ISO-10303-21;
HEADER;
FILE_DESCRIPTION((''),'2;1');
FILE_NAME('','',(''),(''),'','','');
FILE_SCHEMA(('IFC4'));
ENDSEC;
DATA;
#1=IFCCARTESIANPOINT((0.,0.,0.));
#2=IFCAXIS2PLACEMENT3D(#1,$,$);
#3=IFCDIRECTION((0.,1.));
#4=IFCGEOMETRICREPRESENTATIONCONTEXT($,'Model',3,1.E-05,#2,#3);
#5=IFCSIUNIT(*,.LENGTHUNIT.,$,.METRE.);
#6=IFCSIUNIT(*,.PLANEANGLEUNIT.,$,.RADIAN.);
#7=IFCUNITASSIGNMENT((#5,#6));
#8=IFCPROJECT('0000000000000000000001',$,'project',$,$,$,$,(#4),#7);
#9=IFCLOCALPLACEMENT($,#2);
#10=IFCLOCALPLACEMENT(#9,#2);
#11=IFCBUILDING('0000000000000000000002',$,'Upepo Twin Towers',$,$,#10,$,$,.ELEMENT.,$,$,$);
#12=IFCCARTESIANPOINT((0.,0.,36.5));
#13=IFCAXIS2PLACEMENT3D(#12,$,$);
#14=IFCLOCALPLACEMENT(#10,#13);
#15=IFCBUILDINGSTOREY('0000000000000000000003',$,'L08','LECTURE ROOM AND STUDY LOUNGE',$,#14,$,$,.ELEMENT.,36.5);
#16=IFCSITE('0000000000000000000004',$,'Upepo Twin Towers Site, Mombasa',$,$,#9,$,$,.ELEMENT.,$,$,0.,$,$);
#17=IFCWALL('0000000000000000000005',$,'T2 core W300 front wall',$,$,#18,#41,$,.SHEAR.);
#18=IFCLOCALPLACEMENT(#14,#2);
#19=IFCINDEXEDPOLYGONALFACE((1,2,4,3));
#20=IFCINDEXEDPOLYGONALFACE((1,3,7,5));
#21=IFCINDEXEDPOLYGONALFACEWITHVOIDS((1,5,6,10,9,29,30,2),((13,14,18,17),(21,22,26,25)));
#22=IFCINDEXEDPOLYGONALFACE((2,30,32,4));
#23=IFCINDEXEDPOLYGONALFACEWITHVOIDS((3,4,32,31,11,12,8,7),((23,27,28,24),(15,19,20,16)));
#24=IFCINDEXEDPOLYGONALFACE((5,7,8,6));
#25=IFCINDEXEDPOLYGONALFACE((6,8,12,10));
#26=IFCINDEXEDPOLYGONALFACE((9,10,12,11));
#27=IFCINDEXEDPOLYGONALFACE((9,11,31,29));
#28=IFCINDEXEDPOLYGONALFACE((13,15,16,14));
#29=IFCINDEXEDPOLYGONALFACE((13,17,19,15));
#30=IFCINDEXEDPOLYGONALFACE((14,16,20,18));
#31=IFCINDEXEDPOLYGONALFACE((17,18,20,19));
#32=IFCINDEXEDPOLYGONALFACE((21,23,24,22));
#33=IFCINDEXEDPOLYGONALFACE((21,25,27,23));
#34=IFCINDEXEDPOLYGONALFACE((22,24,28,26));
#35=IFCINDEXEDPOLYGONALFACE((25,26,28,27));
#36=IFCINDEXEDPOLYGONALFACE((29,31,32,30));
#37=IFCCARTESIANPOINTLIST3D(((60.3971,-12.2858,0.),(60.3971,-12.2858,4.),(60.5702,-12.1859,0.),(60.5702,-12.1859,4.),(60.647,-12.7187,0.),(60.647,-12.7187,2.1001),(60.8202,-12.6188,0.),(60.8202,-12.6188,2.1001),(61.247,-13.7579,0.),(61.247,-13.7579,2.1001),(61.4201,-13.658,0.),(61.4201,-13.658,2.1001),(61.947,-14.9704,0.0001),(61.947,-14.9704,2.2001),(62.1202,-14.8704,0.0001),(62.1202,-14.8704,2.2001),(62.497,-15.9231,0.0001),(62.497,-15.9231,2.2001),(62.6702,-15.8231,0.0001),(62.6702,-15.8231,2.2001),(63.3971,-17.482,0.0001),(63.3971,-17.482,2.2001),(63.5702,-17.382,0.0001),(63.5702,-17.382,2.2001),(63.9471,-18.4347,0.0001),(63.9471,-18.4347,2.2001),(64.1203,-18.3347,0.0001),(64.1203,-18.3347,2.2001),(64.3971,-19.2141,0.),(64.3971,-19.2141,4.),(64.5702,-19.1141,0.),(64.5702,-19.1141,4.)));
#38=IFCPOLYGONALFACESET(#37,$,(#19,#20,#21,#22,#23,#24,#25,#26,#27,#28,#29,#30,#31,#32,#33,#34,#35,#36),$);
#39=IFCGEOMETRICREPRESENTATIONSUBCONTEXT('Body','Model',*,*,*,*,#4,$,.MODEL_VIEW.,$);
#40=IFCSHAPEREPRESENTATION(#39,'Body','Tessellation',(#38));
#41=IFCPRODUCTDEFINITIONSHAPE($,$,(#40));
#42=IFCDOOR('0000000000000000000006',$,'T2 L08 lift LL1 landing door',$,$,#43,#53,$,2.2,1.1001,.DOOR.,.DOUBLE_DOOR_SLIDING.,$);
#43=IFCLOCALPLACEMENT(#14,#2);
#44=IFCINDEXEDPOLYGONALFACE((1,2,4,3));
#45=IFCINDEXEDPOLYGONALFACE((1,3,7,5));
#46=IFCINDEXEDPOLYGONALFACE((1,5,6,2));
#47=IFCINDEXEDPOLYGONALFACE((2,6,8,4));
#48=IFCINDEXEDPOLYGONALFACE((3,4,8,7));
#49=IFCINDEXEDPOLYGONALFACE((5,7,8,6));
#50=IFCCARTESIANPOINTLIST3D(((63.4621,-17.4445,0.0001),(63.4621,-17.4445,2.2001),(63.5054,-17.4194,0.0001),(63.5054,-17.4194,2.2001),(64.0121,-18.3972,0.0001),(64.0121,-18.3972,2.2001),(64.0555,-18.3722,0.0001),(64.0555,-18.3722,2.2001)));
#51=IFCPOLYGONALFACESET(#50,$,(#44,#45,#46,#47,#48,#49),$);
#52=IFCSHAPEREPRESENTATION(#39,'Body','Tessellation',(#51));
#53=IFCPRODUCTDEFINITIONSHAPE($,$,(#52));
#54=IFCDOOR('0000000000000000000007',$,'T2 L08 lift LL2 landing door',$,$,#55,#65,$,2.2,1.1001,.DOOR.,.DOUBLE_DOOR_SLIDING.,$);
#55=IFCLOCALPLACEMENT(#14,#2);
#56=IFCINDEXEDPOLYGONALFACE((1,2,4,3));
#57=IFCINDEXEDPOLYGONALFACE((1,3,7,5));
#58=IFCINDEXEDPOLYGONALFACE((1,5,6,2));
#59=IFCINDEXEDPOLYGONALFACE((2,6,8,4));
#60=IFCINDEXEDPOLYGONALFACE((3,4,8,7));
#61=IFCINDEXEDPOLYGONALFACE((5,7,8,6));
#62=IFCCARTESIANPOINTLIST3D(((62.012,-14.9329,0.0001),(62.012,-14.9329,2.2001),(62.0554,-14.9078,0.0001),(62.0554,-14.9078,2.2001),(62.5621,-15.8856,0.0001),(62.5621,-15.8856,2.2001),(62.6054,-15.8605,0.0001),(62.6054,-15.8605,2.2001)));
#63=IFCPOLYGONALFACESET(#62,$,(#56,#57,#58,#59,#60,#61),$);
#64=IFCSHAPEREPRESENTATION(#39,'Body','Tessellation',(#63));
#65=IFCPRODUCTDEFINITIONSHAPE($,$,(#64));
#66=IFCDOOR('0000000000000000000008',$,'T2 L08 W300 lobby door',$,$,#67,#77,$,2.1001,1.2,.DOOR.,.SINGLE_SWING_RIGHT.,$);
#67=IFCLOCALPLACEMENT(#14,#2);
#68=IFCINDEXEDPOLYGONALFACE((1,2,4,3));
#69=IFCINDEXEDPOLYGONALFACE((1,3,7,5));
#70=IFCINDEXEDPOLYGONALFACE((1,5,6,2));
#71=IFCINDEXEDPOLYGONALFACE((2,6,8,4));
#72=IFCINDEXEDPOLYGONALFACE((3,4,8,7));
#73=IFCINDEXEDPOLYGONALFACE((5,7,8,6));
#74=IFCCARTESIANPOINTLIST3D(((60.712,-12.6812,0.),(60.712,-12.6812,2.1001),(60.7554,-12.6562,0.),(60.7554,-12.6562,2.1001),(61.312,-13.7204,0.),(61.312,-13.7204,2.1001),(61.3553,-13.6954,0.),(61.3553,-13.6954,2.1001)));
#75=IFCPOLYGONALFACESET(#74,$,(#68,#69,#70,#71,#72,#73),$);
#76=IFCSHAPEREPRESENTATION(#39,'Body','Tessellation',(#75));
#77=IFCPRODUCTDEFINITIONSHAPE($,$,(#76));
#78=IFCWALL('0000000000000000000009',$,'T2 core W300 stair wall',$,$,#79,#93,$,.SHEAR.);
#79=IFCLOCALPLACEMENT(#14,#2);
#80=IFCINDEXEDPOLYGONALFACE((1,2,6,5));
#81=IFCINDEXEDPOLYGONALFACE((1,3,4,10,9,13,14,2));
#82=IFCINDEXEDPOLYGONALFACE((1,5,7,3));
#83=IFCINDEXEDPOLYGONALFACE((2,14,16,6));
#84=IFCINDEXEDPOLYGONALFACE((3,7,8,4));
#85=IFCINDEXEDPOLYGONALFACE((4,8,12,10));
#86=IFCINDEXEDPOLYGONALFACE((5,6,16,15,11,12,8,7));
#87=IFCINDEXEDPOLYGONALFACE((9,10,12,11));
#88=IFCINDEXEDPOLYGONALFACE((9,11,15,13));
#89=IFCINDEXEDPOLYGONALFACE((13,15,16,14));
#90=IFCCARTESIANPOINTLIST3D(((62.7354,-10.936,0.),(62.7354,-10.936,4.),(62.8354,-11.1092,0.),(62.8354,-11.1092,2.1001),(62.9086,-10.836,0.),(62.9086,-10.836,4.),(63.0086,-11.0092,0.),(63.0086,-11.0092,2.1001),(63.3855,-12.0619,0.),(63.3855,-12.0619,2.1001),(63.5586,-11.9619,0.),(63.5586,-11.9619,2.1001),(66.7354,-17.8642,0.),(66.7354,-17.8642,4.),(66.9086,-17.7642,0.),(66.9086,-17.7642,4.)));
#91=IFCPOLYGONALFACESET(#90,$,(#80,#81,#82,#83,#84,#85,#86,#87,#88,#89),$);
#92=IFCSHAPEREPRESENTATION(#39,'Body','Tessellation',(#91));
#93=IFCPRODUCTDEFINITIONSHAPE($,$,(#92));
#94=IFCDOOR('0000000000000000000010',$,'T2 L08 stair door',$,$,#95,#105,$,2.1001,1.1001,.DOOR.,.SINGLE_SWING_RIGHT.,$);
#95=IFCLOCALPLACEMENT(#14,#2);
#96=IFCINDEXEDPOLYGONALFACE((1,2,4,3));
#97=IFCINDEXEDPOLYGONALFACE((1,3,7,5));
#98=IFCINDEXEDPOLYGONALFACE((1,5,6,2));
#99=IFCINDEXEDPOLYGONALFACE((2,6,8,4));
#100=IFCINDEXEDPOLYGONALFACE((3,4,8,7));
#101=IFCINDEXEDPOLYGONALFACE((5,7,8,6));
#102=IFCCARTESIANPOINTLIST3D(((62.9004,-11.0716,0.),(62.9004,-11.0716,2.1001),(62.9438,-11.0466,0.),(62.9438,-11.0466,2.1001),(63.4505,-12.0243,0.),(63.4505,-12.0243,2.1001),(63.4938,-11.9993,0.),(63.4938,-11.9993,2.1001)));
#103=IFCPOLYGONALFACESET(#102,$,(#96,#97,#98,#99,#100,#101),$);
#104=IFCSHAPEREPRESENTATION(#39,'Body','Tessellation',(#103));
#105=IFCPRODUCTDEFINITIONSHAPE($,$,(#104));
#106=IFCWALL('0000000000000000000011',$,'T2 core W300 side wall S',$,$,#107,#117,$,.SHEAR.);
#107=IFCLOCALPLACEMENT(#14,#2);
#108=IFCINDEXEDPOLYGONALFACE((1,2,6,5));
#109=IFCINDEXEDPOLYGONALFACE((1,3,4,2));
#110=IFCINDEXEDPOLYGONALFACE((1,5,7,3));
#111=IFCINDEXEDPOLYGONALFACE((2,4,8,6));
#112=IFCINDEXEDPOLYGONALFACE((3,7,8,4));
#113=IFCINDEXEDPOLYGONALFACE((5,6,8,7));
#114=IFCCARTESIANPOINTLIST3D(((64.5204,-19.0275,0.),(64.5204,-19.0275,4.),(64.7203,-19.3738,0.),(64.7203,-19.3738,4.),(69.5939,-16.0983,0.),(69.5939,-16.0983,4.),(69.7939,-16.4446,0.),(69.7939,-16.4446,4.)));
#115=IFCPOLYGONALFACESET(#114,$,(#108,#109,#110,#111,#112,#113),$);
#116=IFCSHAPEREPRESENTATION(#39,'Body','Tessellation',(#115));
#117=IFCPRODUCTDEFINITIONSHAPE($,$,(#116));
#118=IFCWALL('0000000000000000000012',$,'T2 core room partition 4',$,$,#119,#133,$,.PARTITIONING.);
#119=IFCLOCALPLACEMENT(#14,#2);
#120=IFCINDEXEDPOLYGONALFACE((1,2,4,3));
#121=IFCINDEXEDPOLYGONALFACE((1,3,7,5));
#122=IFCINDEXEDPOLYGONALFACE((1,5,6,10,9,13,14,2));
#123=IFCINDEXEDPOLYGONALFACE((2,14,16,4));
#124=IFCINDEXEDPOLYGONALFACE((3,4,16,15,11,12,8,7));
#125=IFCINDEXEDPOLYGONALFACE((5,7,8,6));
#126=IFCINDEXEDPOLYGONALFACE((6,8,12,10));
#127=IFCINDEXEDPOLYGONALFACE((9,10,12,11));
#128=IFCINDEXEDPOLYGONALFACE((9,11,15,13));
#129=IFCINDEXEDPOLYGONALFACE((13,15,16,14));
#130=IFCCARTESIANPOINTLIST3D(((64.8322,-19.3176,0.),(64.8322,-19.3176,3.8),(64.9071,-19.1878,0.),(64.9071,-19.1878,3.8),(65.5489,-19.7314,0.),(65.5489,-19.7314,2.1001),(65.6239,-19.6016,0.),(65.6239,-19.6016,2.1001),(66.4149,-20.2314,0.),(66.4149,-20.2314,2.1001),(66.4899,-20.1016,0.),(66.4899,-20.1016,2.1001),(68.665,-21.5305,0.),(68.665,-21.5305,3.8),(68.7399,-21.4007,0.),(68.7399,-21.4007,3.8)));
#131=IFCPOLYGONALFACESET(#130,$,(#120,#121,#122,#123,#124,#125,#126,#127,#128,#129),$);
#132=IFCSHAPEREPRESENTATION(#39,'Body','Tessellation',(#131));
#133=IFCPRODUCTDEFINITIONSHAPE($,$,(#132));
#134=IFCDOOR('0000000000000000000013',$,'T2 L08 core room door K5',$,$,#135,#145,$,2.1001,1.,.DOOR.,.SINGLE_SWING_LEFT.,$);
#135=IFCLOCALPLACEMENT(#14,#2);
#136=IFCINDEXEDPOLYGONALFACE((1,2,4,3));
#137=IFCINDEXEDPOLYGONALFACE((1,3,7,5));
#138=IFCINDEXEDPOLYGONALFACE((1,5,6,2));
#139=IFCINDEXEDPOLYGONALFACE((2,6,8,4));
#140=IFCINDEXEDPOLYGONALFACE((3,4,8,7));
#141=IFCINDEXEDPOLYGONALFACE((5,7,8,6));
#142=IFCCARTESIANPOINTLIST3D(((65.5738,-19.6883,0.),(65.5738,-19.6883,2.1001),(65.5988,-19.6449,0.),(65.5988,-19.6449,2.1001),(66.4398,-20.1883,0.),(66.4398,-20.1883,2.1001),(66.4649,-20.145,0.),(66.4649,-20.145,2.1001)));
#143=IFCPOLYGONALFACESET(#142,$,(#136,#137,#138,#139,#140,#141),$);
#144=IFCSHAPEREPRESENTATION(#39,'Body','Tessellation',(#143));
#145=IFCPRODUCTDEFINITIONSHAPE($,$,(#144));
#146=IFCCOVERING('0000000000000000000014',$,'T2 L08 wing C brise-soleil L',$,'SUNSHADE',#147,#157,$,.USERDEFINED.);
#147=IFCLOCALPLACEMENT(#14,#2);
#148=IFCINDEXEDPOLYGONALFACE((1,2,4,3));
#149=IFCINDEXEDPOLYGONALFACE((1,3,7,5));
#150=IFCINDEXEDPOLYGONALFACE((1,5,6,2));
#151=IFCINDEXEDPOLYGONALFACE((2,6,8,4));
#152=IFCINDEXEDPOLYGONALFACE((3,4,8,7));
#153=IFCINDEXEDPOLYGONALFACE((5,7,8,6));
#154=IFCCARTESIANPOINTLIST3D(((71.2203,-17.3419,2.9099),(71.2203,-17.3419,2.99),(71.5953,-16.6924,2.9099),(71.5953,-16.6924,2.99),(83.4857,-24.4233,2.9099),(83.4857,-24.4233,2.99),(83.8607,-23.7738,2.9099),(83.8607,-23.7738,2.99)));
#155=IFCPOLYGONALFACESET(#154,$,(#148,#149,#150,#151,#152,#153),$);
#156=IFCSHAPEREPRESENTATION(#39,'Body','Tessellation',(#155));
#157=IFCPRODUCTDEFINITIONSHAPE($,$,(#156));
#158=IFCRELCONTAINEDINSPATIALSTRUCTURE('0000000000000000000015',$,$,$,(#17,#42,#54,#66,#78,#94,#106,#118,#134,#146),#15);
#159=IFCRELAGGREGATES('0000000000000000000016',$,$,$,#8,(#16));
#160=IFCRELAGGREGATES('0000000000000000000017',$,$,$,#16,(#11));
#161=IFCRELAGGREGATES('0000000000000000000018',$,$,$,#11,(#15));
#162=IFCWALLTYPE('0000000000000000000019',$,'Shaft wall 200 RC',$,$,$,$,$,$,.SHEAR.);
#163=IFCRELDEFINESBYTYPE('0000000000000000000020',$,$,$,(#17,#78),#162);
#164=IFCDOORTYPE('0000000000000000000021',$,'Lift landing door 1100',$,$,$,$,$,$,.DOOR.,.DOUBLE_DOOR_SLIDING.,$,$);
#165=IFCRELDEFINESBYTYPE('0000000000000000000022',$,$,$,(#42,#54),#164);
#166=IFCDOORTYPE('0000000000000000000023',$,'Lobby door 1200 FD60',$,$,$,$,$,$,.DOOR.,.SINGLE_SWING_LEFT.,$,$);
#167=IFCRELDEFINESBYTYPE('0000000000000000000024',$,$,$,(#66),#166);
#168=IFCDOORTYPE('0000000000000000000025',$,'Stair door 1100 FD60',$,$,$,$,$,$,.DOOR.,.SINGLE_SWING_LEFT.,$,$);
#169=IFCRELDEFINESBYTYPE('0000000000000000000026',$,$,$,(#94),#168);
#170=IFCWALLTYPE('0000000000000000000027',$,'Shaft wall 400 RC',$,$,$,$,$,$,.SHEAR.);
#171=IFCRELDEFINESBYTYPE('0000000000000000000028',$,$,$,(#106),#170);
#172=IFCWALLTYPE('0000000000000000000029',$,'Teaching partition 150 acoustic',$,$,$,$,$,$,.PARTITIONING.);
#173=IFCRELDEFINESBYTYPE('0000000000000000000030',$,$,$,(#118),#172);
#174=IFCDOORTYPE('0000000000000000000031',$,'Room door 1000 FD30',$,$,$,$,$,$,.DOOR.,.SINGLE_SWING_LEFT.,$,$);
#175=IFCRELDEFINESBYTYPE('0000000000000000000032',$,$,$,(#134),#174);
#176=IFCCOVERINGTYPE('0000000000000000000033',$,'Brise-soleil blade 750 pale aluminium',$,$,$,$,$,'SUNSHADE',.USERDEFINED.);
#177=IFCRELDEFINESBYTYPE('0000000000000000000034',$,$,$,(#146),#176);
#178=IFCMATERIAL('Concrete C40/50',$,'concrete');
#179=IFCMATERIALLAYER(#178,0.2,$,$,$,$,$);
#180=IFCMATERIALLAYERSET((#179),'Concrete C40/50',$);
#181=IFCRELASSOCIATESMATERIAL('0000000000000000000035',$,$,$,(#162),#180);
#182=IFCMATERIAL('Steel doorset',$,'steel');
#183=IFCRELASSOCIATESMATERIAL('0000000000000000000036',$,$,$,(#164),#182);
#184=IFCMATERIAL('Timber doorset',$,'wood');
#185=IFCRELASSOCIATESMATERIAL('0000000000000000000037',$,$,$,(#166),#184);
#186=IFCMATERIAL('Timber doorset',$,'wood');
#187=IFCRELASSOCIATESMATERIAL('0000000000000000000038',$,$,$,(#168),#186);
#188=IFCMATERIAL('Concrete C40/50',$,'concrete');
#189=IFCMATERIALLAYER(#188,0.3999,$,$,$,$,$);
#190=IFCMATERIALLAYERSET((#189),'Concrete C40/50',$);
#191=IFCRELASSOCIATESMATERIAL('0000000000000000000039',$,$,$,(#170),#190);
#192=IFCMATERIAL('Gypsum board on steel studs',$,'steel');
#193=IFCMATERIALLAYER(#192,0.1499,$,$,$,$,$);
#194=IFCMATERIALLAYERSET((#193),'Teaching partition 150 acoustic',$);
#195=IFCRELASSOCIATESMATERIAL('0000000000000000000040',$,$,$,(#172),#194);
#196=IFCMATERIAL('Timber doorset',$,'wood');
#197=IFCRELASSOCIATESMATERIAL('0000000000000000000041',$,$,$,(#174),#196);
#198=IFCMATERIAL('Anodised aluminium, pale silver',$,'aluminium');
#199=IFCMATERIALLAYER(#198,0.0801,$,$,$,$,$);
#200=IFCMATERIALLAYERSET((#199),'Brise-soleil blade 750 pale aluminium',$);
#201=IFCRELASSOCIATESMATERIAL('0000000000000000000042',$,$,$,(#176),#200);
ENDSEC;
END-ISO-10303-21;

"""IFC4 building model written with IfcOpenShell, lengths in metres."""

from ifc_helpers import new_model, si_unit, direction, frame, frame_2d, origin, origin_2d, place, context, subcontext, project, spatial, rectangle, extrude, material, layer, layer_set, type_object, element, fill, save


model = new_model("IFC4")

# Units and contexts
model_context = context("Model", 3, precision=1e-05, world=origin(), true_north=direction((0.0, 1.0)))
body_context = subcontext(model_context, "Body", "Model", "MODEL_VIEW")
ifc_project = project(units=[si_unit("LENGTHUNIT", "METRE"), si_unit("PLANEANGLEUNIT", "RADIAN")], contexts=[model_context])

# Site, building, storey
site_placement = place(None, origin())
site = spatial("IfcSite", under=ifc_project, at=site_placement, Name="Upepo Twin Towers Site, Mombasa", CompositionType="ELEMENT", RefElevation=0.0)
building_placement = place(site_placement, origin())
building = spatial("IfcBuilding", under=site, at=building_placement, Name="Upepo Twin Towers", CompositionType="ELEMENT")
storey_placement = place(building_placement, frame((0.0, 0.0, 36.5)))
storey = spatial("IfcBuildingStorey", under=building, at=storey_placement, Name="L08", Description="LECTURE ROOM AND STUDY LOUNGE", CompositionType="ELEMENT", Elevation=36.5)

# Wall, openings, doors
ifc_material_1 = material(Name="Concrete C40/50", Category="concrete")
ifc_layer_1 = layer(ifc_material_1, 0.2)
ifc_layer_set_1 = layer_set([ifc_layer_1], Name="Concrete C40/50")
wall_type_1 = type_object("IfcWallType", Name="Shaft wall 200 RC", PredefinedType="SHEAR", material=ifc_layer_set_1)
wall_1_placement = place(storey_placement, frame((64.4836, -19.1641, 0.0), z_axis=(0.0, 0.0, 1.0), x_axis=(-0.499999, 0.866026, 0.0)))
wall_1 = element("IfcWall", 1, at=wall_1_placement, inside=storey, type_object=wall_type_1, Name="T2 core W300 front wall", PredefinedType="SHEAR", context=body_context, shape_type="SweptSolid", body=[
    extrude(rectangle(XDim=8.0, YDim=0.2, at=frame_2d((4.0, 0.0))), origin(), (0.0, 0.0, 1.0), 4.0),
])
opening_1_placement = place(wall_1_placement, frame((6.3, 0.0, 0.0)))
opening_1 = element("IfcOpeningElement", 2, at=opening_1_placement, cuts=wall_1, PredefinedType="OPENING", context=body_context, shape_type="SweptSolid", body=[
    extrude(rectangle(XDim=1.2, YDim=2.1001, at=frame_2d((0.6001, 1.05))), frame((0.0, 0.1099, 0.0), z_axis=(0.0, -1.0, 0.0), x_axis=(1.0, 0.0, 0.0)), (0.0, 0.0, 1.0), 0.22),
])
opening_2_placement = place(wall_1_placement, frame((0.8999, 0.0, 0.0)))
opening_2 = element("IfcOpeningElement", 3, at=opening_2_placement, cuts=wall_1, PredefinedType="OPENING", context=body_context, shape_type="SweptSolid", body=[
    extrude(rectangle(XDim=1.1001, YDim=2.2, at=frame_2d((0.55, 1.1001))), frame((0.0, 0.1099, 0.0), z_axis=(0.0, -1.0, 0.0), x_axis=(1.0, 0.0, 0.0)), (0.0, 0.0, 1.0), 0.22),
])
opening_3_placement = place(wall_1_placement, frame((3.8, 0.0, 0.0)))
opening_3 = element("IfcOpeningElement", 4, at=opening_3_placement, cuts=wall_1, PredefinedType="OPENING", context=body_context, shape_type="SweptSolid", body=[
    extrude(rectangle(XDim=1.1001, YDim=2.2, at=frame_2d((0.55, 1.1001))), frame((0.0, 0.1099, 0.0), z_axis=(0.0, -1.0, 0.0), x_axis=(1.0, 0.0, 0.0)), (0.0, 0.0, 1.0), 0.22),
])
ifc_material_2 = material(Name="Steel doorset", Category="steel")
door_type_1 = type_object("IfcDoorType", Name="Lift landing door 1100", OperationType="DOUBLE_DOOR_SLIDING", PredefinedType="DOOR", material=ifc_material_2)
door_1_placement = place(opening_2_placement, origin())
door_1 = element("IfcDoor", 5, at=door_1_placement, inside=storey, type_object=door_type_1, Name="T2 L08 lift LL1 landing door", OperationType="DOUBLE_DOOR_SLIDING", OverallHeight=2.2, OverallWidth=1.1001, PredefinedType="DOOR", context=body_context, shape_type="SweptSolid", body=[
    extrude(rectangle(XDim=1.1001, YDim=2.2, at=frame_2d((0.55, 1.1001))), frame((0.0, 0.0249, 0.0), z_axis=(0.0, -1.0, 0.0), x_axis=(1.0, 0.0, 0.0)), (0.0, 0.0, 1.0), 0.05),
])
fill(opening_2, door_1)
door_2_placement = place(opening_3_placement, origin())
door_2 = element("IfcDoor", 6, at=door_2_placement, inside=storey, type_object=door_type_1, Name="T2 L08 lift LL2 landing door", OperationType="DOUBLE_DOOR_SLIDING", OverallHeight=2.2, OverallWidth=1.1001, PredefinedType="DOOR", context=body_context, shape_type="SweptSolid", body=[
    extrude(rectangle(XDim=1.1001, YDim=2.2, at=frame_2d((0.55, 1.1001))), frame((0.0, 0.0249, 0.0), z_axis=(0.0, -1.0, 0.0), x_axis=(1.0, 0.0, 0.0)), (0.0, 0.0, 1.0), 0.05),
])
fill(opening_3, door_2)
ifc_material_3 = material(Name="Timber doorset", Category="wood")
door_type_2 = type_object("IfcDoorType", Name="Lobby door 1200 FD60", OperationType="SINGLE_SWING_LEFT", PredefinedType="DOOR", material=ifc_material_3)
door_3_placement = place(opening_1_placement, origin())
door_3 = element("IfcDoor", 7, at=door_3_placement, inside=storey, type_object=door_type_2, Name="T2 L08 W300 lobby door", OperationType="SINGLE_SWING_RIGHT", OverallHeight=2.1001, OverallWidth=1.2, PredefinedType="DOOR", context=body_context, shape_type="SweptSolid", body=[
    extrude(rectangle(XDim=1.2, YDim=2.1001, at=frame_2d((0.6001, 1.05))), frame((0.0, 0.0249, 0.0), z_axis=(0.0, -1.0, 0.0), x_axis=(1.0, 0.0, 0.0)), (0.0, 0.0, 1.0), 0.05),
])
fill(opening_1, door_3)

# Wall, opening, door
wall_2_placement = place(storey_placement, frame((66.822, -17.8142, 0.0), z_axis=(0.0, 0.0, 1.0), x_axis=(-0.499999, 0.866026, 0.0)))
wall_2 = element("IfcWall", 8, at=wall_2_placement, inside=storey, type_object=wall_type_1, Name="T2 core W300 stair wall", PredefinedType="SHEAR", context=body_context, shape_type="SweptSolid", body=[
    extrude(rectangle(XDim=8.0, YDim=0.2, at=frame_2d((4.0, 0.0))), origin(), (0.0, 0.0, 1.0), 4.0),
])
opening_4_placement = place(wall_2_placement, frame((6.7, 0.0, 0.0)))
opening_4 = element("IfcOpeningElement", 9, at=opening_4_placement, cuts=wall_2, PredefinedType="OPENING", context=body_context, shape_type="SweptSolid", body=[
    extrude(rectangle(XDim=1.1001, YDim=2.1001, at=frame_2d((0.55, 1.05))), frame((0.0, 0.1099, 0.0), z_axis=(0.0, -1.0, 0.0), x_axis=(1.0, 0.0, 0.0)), (0.0, 0.0, 1.0), 0.22),
])
ifc_material_4 = material(Name="Timber doorset", Category="wood")
door_type_3 = type_object("IfcDoorType", Name="Stair door 1100 FD60", OperationType="SINGLE_SWING_LEFT", PredefinedType="DOOR", material=ifc_material_4)
door_4_placement = place(opening_4_placement, origin())
door_4 = element("IfcDoor", 10, at=door_4_placement, inside=storey, type_object=door_type_3, Name="T2 L08 stair door", OperationType="SINGLE_SWING_RIGHT", OverallHeight=2.1001, OverallWidth=1.1001, PredefinedType="DOOR", context=body_context, shape_type="SweptSolid", body=[
    extrude(rectangle(XDim=1.1001, YDim=2.1001, at=frame_2d((0.55, 1.05))), frame((0.0, 0.0249, 0.0), z_axis=(0.0, -1.0, 0.0), x_axis=(1.0, 0.0, 0.0)), (0.0, 0.0, 1.0), 0.05),
])
fill(opening_4, door_4)

# Wall
ifc_material_5 = material(Name="Concrete C40/50", Category="concrete")
ifc_layer_2 = layer(ifc_material_5, 0.3999)
ifc_layer_set_2 = layer_set([ifc_layer_2], Name="Concrete C40/50")
wall_type_2 = type_object("IfcWallType", Name="Shaft wall 400 RC", PredefinedType="SHEAR", material=ifc_layer_set_2)
wall_3_placement = place(storey_placement, frame((64.6204, -19.2007, 0.0), z_axis=(0.0, 0.0, 1.0), x_axis=(0.866024, 0.500003, 0.0)))
element("IfcWall", 11, at=wall_3_placement, inside=storey, type_object=wall_type_2, Name="T2 core W300 side wall S", PredefinedType="SHEAR", context=body_context, shape_type="SweptSolid", body=[
    extrude(rectangle(XDim=5.8584, YDim=0.3999, at=frame_2d((2.9292, 0.0))), origin(), (0.0, 0.0, 1.0), 4.0),
])

# Wall, opening, door
ifc_material_6 = material(Name="Gypsum board on steel studs", Category="steel")
ifc_layer_3 = layer(ifc_material_6, 0.1499)
ifc_layer_set_3 = layer_set([ifc_layer_3], Name="Teaching partition 150 acoustic")
wall_type_3 = type_object("IfcWallType", Name="Teaching partition 150 acoustic", PredefinedType="PARTITIONING", material=ifc_layer_set_3)
wall_4_placement = place(storey_placement, frame((64.8696, -19.2527, 0.0), z_axis=(0.0, 0.0, 1.0), x_axis=(0.866021, -0.500007, 0.0)))
wall_4 = element("IfcWall", 12, at=wall_4_placement, inside=storey, type_object=wall_type_3, Name="T2 core room partition 4", PredefinedType="PARTITIONING", context=body_context, shape_type="SweptSolid", body=[
    extrude(rectangle(XDim=4.4258, YDim=0.1499, at=frame_2d((2.2129, 0.0))), origin(), (0.0, 0.0, 1.0), 3.8),
])
opening_5_placement = place(wall_4_placement, frame((0.8276, 0.0, 0.0)))
opening_5 = element("IfcOpeningElement", 13, at=opening_5_placement, cuts=wall_4, PredefinedType="OPENING", context=body_context, shape_type="SweptSolid", body=[
    extrude(rectangle(XDim=1.0, YDim=2.1001, at=frame_2d((0.5, 1.05))), frame((0.0, 0.085, 0.0), z_axis=(0.0, -1.0, 0.0), x_axis=(1.0, 0.0, 0.0)), (0.0, 0.0, 1.0), 0.1699),
])
ifc_material_7 = material(Name="Timber doorset", Category="wood")
door_type_4 = type_object("IfcDoorType", Name="Room door 1000 FD30", OperationType="SINGLE_SWING_LEFT", PredefinedType="DOOR", material=ifc_material_7)
door_5_placement = place(opening_5_placement, origin())
door_5 = element("IfcDoor", 14, at=door_5_placement, inside=storey, type_object=door_type_4, Name="T2 L08 core room door K5", OperationType="SINGLE_SWING_LEFT", OverallHeight=2.1001, OverallWidth=1.0, PredefinedType="DOOR", context=body_context, shape_type="SweptSolid", body=[
    extrude(rectangle(XDim=1.0, YDim=2.1001, at=frame_2d((0.5, 1.05))), frame((0.0, 0.0249, 0.0), z_axis=(0.0, -1.0, 0.0), x_axis=(1.0, 0.0, 0.0)), (0.0, 0.0, 1.0), 0.05),
])
fill(opening_5, door_5)

# Covering
ifc_material_8 = material(Name="Anodised aluminium, pale silver", Category="aluminium")
ifc_layer_4 = layer(ifc_material_8, 0.0801)
ifc_layer_set_4 = layer_set([ifc_layer_4], Name="Brise-soleil blade 750 pale aluminium")
covering_type = type_object("IfcCoveringType", Name="Brise-soleil blade 750 pale aluminium", ElementType="SUNSHADE", PredefinedType="USERDEFINED", material=ifc_layer_set_4)
covering_placement = place(storey_placement, frame((77.5405, -20.5579, 2.9099), z_axis=(0.0, 0.0, 1.0), x_axis=(0.866025, -0.5, 0.0)))
element("IfcCovering", 15, at=covering_placement, inside=storey, type_object=covering_type, Name="T2 L08 wing C brise-soleil L", ObjectType="SUNSHADE", PredefinedType="USERDEFINED", context=body_context, shape_type="SweptSolid", body=[
    extrude(rectangle(XDim=14.1628, YDim=0.75, at=origin_2d()), origin(), (0.0, 0.0, 1.0), 0.0801),
])

save(model, "model.ifc")
